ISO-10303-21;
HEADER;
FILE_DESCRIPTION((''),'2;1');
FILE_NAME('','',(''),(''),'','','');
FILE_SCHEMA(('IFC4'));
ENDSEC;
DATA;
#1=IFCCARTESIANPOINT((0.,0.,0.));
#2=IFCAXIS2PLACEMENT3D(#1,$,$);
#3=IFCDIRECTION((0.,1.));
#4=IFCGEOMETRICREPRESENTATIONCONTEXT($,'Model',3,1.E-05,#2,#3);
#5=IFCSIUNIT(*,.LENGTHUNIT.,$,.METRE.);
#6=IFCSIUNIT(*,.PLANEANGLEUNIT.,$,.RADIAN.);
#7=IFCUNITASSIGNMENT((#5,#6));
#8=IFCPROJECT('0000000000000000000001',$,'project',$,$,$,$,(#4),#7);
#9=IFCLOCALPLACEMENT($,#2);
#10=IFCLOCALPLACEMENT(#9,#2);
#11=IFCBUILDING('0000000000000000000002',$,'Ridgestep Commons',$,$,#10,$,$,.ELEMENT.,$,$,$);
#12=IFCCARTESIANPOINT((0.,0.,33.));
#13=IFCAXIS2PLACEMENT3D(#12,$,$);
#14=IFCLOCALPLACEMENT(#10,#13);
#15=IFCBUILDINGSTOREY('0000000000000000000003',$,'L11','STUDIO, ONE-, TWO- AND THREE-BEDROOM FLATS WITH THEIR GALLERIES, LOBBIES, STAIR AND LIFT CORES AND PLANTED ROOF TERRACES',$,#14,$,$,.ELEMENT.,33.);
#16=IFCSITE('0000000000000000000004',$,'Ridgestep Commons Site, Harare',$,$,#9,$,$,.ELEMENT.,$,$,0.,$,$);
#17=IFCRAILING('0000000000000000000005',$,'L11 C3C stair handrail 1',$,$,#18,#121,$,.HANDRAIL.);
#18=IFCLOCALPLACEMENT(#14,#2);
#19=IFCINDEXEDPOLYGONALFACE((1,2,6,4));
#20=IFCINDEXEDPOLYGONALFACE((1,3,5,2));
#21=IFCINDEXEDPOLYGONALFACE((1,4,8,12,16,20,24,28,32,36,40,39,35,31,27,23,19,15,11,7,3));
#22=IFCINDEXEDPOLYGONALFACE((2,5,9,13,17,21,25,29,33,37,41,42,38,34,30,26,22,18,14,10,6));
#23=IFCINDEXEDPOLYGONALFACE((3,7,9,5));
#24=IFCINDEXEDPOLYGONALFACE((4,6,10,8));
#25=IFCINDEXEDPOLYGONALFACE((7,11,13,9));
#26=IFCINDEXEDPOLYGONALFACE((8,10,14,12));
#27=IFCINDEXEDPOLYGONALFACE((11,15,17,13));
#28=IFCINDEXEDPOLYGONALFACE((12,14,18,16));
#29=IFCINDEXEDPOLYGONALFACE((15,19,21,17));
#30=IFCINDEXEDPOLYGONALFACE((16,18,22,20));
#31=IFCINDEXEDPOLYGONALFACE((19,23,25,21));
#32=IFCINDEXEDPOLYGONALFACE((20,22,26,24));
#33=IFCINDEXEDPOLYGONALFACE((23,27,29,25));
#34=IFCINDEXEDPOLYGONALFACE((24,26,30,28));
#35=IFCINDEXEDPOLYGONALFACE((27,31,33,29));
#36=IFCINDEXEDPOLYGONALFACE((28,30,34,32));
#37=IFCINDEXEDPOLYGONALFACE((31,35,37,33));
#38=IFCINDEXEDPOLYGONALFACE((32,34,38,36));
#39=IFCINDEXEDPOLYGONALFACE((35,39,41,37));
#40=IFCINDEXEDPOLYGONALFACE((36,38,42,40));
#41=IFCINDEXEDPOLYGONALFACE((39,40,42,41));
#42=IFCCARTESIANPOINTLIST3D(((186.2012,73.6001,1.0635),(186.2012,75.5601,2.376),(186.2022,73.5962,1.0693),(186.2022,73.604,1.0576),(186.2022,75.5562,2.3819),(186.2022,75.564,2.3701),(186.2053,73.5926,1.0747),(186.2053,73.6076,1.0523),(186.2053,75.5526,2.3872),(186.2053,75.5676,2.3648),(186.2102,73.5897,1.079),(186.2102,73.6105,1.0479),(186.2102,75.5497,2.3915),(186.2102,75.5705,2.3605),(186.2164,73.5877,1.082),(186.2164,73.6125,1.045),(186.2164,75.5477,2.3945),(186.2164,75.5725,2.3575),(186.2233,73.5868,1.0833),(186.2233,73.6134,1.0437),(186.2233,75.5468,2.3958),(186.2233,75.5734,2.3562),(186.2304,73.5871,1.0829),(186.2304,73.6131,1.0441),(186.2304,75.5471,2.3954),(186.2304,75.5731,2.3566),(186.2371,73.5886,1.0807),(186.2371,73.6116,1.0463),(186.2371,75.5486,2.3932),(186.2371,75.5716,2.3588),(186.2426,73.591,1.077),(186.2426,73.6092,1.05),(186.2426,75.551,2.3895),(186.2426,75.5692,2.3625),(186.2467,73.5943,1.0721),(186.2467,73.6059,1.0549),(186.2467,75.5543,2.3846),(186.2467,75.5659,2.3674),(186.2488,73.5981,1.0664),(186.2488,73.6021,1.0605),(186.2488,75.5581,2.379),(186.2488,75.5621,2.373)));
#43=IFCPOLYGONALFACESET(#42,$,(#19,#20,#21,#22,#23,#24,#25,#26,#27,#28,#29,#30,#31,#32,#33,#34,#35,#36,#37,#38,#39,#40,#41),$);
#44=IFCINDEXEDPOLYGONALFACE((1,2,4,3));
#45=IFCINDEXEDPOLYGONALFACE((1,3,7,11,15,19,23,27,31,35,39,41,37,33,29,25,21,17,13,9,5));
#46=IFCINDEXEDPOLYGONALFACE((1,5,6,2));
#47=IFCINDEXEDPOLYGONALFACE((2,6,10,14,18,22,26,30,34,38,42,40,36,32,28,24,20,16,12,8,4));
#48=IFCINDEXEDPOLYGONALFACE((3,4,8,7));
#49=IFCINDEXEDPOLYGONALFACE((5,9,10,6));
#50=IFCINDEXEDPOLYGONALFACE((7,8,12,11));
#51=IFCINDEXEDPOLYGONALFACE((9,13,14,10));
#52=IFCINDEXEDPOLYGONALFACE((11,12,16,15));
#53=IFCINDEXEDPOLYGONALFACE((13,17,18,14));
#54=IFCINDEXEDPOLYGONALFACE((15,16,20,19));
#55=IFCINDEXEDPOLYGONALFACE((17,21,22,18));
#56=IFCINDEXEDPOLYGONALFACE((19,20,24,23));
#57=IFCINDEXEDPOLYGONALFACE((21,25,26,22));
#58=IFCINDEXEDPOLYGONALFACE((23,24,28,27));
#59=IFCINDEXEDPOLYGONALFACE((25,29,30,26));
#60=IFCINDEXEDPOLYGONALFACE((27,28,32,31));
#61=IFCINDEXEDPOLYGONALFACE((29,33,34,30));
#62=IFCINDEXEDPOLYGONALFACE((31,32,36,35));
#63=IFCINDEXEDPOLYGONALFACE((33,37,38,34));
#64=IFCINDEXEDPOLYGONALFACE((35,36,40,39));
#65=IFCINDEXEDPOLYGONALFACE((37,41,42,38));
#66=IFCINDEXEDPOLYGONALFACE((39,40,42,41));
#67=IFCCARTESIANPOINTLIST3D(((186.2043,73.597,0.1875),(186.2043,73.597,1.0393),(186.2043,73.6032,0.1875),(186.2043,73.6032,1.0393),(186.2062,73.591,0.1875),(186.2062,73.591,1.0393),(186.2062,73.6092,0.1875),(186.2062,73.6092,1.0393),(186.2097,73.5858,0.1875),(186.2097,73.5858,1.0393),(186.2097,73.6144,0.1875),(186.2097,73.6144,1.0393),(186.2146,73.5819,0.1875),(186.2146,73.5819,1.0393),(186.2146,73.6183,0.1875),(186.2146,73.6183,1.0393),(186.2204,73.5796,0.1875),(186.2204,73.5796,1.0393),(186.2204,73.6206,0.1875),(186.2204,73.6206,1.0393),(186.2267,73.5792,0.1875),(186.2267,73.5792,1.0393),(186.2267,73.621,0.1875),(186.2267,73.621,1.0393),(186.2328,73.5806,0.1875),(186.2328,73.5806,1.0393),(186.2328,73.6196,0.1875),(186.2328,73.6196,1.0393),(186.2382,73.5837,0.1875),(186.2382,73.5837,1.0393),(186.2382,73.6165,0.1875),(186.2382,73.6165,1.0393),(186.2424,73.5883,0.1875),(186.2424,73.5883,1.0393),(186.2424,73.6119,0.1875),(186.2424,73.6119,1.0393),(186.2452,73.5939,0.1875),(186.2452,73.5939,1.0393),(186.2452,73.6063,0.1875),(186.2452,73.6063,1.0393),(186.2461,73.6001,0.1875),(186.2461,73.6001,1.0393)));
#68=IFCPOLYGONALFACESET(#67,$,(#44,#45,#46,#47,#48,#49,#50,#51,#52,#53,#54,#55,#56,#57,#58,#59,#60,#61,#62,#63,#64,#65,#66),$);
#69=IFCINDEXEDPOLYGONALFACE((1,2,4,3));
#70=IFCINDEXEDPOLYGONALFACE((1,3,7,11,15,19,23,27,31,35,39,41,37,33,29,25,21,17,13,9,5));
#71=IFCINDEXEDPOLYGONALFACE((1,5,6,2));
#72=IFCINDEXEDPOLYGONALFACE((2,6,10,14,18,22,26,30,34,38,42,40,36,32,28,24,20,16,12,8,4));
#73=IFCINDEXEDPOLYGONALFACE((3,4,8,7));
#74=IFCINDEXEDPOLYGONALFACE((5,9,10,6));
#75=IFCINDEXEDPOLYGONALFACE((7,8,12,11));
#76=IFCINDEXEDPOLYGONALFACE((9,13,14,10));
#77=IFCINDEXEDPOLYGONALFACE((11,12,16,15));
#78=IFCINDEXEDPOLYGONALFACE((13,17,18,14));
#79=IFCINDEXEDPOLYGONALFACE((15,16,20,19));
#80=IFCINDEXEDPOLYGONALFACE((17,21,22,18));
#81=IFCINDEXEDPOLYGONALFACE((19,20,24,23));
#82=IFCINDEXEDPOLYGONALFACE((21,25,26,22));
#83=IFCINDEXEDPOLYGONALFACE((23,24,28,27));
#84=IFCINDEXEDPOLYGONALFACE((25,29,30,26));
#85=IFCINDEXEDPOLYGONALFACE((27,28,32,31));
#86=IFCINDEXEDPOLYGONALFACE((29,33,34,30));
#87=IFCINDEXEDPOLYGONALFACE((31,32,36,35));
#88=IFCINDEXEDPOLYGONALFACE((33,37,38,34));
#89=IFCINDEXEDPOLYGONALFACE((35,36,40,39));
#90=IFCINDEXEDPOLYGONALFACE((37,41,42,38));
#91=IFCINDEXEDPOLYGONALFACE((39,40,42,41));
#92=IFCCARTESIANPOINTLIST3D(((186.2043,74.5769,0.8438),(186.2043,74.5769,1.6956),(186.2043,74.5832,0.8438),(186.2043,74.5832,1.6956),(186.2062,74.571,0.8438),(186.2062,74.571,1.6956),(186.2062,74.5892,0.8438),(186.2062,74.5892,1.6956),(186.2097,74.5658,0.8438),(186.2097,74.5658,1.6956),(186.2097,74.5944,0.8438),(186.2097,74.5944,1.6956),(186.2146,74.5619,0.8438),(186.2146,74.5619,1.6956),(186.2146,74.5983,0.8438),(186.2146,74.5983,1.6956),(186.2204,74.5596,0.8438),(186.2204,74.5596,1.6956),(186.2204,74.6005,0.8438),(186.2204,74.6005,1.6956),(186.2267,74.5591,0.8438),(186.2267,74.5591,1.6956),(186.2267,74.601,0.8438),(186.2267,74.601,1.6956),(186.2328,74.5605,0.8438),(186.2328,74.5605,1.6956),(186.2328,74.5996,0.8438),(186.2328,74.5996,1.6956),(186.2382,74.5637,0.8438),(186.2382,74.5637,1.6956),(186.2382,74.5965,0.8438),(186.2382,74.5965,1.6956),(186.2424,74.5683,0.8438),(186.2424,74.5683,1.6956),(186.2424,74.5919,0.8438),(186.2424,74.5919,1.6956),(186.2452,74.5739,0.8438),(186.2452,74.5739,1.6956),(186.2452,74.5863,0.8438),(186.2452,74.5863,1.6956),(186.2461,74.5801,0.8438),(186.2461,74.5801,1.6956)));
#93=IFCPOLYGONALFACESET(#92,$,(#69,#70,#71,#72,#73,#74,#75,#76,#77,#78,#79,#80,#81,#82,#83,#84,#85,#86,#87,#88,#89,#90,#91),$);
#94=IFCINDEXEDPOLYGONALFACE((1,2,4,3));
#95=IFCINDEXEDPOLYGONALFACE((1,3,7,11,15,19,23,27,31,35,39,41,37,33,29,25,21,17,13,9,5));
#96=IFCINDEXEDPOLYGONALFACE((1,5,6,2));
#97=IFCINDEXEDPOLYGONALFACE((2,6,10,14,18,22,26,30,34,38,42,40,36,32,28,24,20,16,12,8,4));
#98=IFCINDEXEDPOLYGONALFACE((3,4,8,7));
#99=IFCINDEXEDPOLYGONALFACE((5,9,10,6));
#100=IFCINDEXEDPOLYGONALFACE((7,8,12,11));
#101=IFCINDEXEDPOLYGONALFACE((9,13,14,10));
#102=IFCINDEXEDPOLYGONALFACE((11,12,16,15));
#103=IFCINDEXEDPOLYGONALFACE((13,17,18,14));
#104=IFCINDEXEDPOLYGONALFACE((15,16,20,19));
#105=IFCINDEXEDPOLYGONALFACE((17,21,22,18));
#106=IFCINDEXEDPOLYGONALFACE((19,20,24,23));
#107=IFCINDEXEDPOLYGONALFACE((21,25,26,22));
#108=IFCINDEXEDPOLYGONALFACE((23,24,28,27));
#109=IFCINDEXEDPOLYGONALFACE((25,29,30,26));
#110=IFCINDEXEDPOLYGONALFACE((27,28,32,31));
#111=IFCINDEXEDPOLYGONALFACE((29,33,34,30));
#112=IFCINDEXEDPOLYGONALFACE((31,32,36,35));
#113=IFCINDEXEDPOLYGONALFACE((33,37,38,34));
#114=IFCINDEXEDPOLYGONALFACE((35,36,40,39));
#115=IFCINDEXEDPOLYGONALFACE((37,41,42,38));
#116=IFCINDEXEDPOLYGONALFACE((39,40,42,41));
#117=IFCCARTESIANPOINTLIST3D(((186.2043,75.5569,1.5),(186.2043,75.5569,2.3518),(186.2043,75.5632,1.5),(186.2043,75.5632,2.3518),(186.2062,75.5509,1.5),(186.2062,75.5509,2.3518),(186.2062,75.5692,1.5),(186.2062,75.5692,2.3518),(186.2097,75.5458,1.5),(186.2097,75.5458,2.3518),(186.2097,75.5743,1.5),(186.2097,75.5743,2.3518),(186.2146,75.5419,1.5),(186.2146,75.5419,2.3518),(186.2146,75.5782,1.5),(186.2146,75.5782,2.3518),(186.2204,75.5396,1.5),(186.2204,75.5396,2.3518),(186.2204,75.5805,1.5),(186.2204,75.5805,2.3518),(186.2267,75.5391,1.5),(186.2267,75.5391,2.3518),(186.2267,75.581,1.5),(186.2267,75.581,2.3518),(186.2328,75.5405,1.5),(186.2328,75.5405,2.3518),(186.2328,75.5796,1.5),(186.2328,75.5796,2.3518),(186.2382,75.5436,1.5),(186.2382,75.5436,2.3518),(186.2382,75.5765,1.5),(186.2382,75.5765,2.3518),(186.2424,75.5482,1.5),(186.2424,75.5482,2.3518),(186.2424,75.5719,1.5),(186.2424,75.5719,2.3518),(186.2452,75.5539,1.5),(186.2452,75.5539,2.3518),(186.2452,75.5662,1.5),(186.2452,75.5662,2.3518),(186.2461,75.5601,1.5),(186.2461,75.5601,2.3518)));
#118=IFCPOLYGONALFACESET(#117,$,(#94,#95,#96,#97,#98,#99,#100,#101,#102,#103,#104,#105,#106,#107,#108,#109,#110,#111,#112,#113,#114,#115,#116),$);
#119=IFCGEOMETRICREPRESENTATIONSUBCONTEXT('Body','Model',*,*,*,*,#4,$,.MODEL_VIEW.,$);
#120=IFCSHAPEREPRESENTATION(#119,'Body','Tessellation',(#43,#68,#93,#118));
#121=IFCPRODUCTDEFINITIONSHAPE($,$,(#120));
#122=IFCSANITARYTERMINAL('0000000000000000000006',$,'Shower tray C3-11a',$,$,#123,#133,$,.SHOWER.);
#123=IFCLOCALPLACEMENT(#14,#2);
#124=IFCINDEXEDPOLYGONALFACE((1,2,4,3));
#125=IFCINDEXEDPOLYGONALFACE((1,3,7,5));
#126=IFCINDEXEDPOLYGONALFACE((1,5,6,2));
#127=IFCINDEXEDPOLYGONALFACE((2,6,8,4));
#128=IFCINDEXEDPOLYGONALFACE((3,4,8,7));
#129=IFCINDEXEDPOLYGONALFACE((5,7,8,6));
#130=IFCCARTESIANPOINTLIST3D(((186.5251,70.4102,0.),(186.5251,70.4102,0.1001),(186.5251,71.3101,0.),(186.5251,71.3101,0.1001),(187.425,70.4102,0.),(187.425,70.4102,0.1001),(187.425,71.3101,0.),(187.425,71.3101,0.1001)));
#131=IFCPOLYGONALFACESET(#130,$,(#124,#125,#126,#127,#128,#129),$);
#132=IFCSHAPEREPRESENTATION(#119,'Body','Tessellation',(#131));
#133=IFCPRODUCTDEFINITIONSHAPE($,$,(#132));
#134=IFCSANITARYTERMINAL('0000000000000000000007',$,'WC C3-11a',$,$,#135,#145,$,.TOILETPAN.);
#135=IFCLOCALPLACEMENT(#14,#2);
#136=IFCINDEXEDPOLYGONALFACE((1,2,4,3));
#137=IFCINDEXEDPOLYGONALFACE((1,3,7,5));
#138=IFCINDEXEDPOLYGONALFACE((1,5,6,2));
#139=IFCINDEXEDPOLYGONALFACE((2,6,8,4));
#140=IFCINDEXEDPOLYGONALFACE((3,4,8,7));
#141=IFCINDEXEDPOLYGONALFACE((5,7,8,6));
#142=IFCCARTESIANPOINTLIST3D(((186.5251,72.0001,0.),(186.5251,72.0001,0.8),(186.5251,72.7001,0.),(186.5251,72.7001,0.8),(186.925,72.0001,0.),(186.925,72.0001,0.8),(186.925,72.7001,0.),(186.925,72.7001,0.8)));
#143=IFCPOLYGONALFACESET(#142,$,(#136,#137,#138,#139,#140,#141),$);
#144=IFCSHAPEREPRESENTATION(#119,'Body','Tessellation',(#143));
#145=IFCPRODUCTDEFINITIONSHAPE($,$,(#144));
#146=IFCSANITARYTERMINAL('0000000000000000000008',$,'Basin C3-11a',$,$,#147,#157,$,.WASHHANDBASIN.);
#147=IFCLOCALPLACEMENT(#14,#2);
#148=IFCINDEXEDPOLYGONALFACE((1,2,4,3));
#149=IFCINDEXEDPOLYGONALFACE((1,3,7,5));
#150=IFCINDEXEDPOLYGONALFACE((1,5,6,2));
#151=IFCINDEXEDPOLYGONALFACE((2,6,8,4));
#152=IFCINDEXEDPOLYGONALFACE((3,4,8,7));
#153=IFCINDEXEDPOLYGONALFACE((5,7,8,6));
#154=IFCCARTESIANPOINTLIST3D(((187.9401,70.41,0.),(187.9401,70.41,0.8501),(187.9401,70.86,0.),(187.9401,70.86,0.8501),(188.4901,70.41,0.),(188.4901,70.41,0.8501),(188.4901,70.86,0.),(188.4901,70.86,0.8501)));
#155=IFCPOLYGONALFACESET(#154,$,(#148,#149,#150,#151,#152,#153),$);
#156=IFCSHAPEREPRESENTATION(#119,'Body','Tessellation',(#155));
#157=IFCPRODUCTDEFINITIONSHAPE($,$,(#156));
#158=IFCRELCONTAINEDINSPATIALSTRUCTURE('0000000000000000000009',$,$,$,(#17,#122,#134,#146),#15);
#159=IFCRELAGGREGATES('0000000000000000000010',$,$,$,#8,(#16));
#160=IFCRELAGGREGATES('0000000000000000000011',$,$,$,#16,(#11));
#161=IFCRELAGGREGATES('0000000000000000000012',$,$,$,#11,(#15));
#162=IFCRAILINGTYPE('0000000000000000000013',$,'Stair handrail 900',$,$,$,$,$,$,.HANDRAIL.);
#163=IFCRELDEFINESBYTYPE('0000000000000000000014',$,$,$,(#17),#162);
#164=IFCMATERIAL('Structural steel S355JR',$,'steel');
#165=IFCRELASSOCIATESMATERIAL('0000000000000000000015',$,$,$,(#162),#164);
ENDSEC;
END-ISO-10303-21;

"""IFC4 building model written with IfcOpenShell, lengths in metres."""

from ifc_helpers import new_model, si_unit, direction, frame, origin, origin_2d, place, context, subcontext, project, spatial, rectangle, circle, extrude, material, type_object, element, save


model = new_model("IFC4")

# Units and contexts
model_context = context("Model", 3, precision=1e-05, world=origin(), true_north=direction((0.0, 1.0)))
body_context = subcontext(model_context, "Body", "Model", "MODEL_VIEW")
ifc_project = project(units=[si_unit("LENGTHUNIT", "METRE"), si_unit("PLANEANGLEUNIT", "RADIAN")], contexts=[model_context])

# Site, building, storey
site_placement = place(None, origin())
site = spatial("IfcSite", under=ifc_project, at=site_placement, Name="Ridgestep Commons Site, Harare", CompositionType="ELEMENT", RefElevation=0.0)
building_placement = place(site_placement, origin())
building = spatial("IfcBuilding", under=site, at=building_placement, Name="Ridgestep Commons", CompositionType="ELEMENT")
storey_placement = place(building_placement, frame((0.0, 0.0, 33.0)))
storey = spatial("IfcBuildingStorey", under=building, at=storey_placement, Name="L11", Description="STUDIO, ONE-, TWO- AND THREE-BEDROOM FLATS WITH THEIR GALLERIES, LOBBIES, STAIR AND LIFT CORES AND PLANTED ROOF TERRACES", CompositionType="ELEMENT", Elevation=33.0)

# Railing
ifc_material_1 = material(Name="Structural steel S355JR", Category="steel")
railing_type_1 = type_object("IfcRailingType", Name="Stair handrail 900", PredefinedType="HANDRAIL", material=ifc_material_1)
railing_1_placement = place(storey_placement, frame((186.2251, 73.6001, 0.1875)))
element("IfcRailing", 1, at=railing_1_placement, inside=storey, type_object=railing_type_1, Name="L11 C3C stair handrail 1", PredefinedType="HANDRAIL", context=body_context, shape_type="SweptSolid", body=[
    extrude(circle(Radius=0.0239, at=origin_2d()), frame((0.0, 0.0, 0.876), z_axis=(0.0, 0.830902, 0.556419), x_axis=(-1.0, 0.0, 0.0)), (0.0, 0.0, 1.0), 2.3589),
    extrude(circle(Radius=0.021, at=origin_2d()), origin(), (0.0, 0.0, 1.0), 0.8518),
    extrude(circle(Radius=0.021, at=origin_2d()), frame((0.0, 0.98, 0.6562)), (0.0, 0.0, 1.0), 0.8518),
    extrude(circle(Radius=0.021, at=origin_2d()), frame((0.0, 1.96, 1.3125)), (0.0, 0.0, 1.0), 0.8518),
])

# Sanitary terminals
sanitary_terminal_1_placement = place(storey_placement, frame((186.9751, 70.8601, 0.0), z_axis=(0.0, 0.0, 1.0), x_axis=(1.0, 0.0, 0.0)))
element("IfcSanitaryTerminal", 2, at=sanitary_terminal_1_placement, inside=storey, Name="Shower tray C3-11a", PredefinedType="SHOWER", context=body_context, shape_type="SweptSolid", body=[
    extrude(rectangle(XDim=0.8999, YDim=0.8999, at=origin_2d()), origin(), (0.0, 0.0, 1.0), 0.1001),
])
sanitary_terminal_2_placement = place(storey_placement, frame((186.7251, 72.3501, 0.0), z_axis=(0.0, 0.0, 1.0), x_axis=(1.0, 0.0, 0.0)))
element("IfcSanitaryTerminal", 3, at=sanitary_terminal_2_placement, inside=storey, Name="WC C3-11a", PredefinedType="TOILETPAN", context=body_context, shape_type="SweptSolid", body=[
    extrude(rectangle(XDim=0.3999, YDim=0.7, at=origin_2d()), origin(), (0.0, 0.0, 1.0), 0.8),
])
sanitary_terminal_3_placement = place(storey_placement, frame((188.2151, 70.635, 0.0), z_axis=(0.0, 0.0, 1.0), x_axis=(1.0, 0.0, 0.0)))
element("IfcSanitaryTerminal", 4, at=sanitary_terminal_3_placement, inside=storey, Name="Basin C3-11a", PredefinedType="WASHHANDBASIN", context=body_context, shape_type="SweptSolid", body=[
    extrude(rectangle(XDim=0.55, YDim=0.45, at=origin_2d()), origin(), (0.0, 0.0, 1.0), 0.8501),
])

save(model, "model.ifc")
